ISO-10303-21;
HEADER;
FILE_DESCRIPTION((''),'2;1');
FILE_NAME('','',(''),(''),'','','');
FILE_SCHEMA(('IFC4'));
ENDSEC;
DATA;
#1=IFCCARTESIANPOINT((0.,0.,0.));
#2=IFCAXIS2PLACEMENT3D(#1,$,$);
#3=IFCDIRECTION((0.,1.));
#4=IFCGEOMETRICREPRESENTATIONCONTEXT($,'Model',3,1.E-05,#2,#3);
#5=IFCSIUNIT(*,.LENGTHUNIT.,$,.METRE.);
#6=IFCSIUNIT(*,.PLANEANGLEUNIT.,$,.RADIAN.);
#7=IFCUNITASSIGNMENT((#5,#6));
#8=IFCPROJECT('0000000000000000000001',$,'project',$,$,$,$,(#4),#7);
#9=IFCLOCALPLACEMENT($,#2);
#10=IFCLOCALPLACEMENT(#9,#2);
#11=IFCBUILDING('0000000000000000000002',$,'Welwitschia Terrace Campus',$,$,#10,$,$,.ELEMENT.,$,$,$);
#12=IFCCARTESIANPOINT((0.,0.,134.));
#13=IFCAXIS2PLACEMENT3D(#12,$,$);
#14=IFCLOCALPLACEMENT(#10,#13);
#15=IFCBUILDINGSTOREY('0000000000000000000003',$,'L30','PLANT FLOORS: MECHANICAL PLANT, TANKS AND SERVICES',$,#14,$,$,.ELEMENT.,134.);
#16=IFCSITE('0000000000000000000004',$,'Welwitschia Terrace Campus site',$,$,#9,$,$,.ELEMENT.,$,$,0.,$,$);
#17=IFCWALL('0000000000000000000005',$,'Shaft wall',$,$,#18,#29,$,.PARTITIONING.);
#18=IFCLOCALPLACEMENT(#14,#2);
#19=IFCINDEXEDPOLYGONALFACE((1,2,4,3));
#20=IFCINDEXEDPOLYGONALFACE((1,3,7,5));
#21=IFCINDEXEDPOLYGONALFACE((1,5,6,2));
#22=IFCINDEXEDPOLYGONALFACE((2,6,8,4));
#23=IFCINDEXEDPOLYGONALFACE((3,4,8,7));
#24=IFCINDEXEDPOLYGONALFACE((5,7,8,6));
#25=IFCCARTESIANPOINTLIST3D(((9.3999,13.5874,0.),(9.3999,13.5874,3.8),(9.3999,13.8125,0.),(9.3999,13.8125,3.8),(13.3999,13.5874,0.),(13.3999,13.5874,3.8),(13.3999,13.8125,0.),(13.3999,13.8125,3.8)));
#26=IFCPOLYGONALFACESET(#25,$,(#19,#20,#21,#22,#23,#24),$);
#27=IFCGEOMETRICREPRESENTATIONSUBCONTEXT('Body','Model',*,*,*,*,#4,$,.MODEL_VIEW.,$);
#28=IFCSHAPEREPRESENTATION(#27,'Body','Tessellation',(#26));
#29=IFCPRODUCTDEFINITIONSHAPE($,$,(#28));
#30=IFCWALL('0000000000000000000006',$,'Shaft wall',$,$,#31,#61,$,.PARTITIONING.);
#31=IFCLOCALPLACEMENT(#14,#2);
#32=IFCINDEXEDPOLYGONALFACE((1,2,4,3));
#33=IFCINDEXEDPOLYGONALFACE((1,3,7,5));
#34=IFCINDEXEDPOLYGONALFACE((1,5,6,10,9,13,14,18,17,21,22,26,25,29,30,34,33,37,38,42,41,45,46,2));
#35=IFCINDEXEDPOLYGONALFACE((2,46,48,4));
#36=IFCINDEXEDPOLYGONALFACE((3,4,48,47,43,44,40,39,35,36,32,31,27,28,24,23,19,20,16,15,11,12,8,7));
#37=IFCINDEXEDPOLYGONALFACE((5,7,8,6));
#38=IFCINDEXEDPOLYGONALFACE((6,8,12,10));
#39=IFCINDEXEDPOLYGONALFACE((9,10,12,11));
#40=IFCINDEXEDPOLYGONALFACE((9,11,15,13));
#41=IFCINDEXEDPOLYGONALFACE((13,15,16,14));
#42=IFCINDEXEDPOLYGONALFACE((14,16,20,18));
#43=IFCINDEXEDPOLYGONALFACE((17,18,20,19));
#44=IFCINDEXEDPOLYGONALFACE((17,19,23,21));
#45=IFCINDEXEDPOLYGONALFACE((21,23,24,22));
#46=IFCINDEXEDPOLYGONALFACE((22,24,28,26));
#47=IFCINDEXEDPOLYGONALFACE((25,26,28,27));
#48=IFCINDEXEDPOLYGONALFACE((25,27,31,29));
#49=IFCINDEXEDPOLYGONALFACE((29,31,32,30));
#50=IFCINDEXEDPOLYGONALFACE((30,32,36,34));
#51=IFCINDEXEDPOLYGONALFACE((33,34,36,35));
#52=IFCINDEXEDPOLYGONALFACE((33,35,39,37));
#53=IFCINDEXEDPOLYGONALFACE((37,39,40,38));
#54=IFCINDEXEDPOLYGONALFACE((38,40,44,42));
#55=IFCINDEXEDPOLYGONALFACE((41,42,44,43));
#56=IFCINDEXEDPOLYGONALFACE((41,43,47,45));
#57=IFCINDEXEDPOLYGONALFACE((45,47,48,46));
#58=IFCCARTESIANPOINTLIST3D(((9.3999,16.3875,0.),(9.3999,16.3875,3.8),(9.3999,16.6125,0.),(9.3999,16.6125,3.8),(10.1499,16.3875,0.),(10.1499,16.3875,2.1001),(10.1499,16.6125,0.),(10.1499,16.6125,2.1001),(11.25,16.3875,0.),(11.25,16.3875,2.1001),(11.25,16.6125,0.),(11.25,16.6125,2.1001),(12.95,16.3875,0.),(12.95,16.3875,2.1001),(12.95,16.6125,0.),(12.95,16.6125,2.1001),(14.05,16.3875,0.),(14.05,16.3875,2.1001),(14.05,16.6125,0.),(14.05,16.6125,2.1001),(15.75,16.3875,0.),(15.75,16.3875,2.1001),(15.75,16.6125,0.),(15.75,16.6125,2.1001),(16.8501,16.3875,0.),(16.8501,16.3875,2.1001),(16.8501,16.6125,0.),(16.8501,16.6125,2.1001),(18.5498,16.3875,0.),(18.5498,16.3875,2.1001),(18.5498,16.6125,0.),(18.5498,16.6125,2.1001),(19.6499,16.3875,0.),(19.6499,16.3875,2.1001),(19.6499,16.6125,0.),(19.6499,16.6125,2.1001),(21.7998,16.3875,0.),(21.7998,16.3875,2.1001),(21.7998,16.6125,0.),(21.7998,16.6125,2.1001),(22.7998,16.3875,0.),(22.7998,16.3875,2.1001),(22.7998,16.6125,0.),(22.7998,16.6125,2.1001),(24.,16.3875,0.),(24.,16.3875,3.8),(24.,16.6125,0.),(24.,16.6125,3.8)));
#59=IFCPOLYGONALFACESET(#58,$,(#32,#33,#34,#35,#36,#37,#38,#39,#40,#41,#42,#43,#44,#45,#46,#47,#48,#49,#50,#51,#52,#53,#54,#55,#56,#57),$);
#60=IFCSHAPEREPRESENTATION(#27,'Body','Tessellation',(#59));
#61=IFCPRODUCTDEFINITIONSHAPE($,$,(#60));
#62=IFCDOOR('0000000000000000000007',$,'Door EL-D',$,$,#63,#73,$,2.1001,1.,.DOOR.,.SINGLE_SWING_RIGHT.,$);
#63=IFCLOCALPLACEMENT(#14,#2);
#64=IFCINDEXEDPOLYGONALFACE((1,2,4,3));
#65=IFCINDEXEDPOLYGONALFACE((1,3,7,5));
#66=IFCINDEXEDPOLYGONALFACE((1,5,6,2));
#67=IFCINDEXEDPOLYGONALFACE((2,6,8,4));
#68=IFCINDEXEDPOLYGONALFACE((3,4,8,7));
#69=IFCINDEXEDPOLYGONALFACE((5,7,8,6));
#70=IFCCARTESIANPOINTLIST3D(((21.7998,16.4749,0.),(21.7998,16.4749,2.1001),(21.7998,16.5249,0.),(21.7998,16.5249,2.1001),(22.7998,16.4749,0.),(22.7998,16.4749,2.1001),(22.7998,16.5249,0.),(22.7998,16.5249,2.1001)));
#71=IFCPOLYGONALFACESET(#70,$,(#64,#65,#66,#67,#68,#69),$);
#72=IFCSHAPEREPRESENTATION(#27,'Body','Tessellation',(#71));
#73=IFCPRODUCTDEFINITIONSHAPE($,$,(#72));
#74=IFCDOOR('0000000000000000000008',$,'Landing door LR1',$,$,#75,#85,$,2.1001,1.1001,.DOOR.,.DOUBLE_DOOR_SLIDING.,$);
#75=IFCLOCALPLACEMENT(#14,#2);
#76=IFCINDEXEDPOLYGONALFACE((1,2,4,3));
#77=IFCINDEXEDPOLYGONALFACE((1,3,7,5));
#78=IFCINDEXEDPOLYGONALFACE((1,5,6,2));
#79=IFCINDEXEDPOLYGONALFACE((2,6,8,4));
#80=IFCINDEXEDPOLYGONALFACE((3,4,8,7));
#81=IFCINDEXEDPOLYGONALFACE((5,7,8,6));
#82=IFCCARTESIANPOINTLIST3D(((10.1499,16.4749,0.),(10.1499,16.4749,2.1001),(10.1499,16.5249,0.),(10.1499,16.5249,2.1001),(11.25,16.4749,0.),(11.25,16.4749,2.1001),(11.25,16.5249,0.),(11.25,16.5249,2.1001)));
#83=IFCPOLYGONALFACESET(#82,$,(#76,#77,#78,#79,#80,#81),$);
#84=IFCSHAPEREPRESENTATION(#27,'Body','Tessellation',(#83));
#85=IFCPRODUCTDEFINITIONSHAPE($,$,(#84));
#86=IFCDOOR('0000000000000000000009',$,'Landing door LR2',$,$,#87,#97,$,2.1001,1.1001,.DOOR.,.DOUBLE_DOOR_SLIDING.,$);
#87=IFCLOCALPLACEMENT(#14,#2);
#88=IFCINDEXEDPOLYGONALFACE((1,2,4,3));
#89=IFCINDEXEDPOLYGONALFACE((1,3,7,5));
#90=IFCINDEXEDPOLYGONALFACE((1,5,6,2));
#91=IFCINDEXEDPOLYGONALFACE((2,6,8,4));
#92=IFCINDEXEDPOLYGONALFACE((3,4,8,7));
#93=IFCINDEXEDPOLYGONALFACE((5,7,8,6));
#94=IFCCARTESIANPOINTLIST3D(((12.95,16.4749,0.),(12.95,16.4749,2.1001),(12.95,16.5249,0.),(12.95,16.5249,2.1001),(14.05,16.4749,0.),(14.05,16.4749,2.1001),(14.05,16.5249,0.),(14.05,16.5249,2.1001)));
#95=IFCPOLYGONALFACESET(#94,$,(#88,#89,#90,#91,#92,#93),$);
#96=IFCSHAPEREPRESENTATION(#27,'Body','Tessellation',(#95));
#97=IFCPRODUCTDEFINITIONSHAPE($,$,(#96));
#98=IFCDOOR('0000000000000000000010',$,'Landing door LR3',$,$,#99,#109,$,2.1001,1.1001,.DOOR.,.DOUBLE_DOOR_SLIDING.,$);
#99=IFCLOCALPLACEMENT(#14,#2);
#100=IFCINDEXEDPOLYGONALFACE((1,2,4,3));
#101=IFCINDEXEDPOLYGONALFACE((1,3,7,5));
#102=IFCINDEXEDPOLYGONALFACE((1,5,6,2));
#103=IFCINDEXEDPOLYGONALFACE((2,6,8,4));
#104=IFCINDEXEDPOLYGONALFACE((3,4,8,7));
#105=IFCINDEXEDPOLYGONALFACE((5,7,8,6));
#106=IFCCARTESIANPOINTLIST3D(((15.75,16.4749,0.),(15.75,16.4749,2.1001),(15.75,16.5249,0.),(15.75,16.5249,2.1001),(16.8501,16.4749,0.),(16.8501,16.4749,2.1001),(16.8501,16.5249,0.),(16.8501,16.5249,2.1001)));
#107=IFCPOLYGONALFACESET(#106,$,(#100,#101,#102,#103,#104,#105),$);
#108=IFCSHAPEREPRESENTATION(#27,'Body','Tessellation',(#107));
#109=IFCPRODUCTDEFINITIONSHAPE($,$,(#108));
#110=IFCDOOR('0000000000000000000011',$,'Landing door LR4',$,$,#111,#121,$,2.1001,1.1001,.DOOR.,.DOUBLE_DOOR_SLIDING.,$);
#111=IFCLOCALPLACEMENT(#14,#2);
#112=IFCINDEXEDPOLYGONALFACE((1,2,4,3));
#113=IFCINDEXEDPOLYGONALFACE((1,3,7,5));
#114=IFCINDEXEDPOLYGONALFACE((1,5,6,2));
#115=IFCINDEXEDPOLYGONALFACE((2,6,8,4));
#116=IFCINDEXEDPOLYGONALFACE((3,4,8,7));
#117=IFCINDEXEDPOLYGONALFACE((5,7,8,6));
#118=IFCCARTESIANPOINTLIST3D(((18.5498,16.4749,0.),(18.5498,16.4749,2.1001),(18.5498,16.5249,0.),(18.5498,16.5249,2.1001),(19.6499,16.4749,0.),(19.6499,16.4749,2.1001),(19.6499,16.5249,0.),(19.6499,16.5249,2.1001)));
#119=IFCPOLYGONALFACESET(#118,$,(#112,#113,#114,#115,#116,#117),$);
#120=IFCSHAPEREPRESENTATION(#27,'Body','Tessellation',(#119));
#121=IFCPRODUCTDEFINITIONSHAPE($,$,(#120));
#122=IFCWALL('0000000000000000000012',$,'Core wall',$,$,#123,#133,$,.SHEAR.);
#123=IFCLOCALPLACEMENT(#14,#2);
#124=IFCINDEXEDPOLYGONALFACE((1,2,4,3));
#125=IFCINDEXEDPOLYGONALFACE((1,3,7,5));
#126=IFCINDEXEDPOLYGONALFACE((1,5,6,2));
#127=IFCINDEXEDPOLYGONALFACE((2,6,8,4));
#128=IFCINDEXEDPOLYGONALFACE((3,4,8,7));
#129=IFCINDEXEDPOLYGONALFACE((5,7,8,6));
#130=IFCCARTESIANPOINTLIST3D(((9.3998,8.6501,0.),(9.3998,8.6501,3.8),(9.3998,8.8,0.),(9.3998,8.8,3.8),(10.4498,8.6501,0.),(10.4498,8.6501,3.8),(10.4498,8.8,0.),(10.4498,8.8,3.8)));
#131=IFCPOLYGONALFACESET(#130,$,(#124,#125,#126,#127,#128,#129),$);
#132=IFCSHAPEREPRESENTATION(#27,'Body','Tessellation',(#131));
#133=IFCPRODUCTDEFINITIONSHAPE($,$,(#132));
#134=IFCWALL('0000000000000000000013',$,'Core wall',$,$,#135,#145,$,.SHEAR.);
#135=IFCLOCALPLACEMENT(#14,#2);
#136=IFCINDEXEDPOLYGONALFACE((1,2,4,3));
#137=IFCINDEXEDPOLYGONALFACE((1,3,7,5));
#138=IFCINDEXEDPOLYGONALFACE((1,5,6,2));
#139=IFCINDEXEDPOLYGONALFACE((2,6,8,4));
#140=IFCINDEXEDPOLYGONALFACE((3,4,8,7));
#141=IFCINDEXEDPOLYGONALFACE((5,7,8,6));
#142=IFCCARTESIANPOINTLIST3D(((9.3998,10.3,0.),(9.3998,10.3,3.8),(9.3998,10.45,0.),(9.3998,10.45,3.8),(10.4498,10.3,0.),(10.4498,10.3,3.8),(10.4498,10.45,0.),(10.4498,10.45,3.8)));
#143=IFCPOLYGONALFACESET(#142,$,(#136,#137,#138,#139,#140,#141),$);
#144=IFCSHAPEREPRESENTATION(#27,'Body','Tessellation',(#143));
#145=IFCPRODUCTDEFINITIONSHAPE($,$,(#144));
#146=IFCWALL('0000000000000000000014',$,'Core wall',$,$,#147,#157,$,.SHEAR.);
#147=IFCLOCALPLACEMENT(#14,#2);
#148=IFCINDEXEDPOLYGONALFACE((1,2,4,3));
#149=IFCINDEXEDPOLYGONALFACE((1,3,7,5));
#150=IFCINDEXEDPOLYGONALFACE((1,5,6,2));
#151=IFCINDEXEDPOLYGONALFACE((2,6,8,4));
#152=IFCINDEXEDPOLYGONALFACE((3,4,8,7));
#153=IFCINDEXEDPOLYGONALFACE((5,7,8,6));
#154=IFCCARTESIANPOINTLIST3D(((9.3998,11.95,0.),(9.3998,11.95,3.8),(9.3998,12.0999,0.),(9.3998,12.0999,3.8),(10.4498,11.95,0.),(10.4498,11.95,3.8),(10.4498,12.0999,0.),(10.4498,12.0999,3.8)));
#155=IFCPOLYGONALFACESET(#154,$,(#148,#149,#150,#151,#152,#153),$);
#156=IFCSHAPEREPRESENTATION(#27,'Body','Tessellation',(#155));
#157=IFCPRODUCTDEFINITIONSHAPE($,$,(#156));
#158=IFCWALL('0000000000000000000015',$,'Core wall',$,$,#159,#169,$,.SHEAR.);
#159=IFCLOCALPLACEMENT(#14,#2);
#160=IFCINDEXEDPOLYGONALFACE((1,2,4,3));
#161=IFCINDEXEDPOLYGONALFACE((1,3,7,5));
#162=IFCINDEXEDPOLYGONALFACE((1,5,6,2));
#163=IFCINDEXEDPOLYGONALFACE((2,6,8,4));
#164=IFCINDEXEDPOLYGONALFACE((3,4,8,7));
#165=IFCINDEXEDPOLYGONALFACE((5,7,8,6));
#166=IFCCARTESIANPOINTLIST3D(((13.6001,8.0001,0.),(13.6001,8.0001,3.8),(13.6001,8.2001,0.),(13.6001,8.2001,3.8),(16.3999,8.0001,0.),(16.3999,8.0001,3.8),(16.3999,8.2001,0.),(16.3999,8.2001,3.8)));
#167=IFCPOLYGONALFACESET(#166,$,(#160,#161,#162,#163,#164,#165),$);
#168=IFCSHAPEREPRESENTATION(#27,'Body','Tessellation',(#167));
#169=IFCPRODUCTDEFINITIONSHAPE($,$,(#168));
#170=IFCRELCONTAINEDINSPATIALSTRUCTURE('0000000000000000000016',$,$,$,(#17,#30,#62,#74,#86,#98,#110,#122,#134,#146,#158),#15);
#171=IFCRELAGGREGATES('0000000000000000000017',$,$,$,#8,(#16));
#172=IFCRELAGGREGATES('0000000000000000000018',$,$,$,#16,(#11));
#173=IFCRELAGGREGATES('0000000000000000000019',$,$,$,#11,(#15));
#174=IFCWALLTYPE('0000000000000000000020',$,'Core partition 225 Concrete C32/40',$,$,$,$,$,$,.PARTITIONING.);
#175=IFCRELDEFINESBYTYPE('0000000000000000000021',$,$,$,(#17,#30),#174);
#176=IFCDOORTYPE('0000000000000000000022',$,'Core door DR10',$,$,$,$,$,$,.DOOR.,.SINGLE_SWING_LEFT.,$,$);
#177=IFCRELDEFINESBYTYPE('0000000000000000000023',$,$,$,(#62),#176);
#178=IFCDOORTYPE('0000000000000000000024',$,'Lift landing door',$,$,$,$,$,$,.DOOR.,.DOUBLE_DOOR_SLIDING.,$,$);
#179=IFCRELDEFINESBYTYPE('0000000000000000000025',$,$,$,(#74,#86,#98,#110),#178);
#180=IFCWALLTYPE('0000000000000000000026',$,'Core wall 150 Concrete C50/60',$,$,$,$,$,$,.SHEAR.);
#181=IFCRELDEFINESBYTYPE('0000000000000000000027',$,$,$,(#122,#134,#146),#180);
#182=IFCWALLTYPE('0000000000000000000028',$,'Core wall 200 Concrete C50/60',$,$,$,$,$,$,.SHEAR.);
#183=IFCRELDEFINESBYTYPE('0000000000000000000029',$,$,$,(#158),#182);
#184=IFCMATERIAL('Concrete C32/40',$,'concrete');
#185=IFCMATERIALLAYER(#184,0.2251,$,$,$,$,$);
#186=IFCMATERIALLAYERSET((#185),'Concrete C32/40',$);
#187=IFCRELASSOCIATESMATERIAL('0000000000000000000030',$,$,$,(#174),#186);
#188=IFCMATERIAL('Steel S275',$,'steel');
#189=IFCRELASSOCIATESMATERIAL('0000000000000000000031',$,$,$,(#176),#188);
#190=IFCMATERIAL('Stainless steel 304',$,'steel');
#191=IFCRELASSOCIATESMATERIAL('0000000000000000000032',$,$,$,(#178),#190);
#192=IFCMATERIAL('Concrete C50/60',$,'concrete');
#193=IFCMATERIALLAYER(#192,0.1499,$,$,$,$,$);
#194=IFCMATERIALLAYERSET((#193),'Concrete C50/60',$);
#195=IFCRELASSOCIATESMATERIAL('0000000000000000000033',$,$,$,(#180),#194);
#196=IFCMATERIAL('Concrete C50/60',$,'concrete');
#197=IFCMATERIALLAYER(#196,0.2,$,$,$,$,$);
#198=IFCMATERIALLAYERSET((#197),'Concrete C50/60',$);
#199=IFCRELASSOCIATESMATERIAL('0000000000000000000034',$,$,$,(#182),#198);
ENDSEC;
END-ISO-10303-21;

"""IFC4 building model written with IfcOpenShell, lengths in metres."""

from ifc_helpers import new_model, si_unit, direction, frame, frame_2d, origin, place, context, subcontext, project, spatial, rectangle, extrude, material, layer, layer_set, type_object, element, fill, save


model = new_model("IFC4")

# Units and contexts
model_context = context("Model", 3, precision=1e-05, world=origin(), true_north=direction((0.0, 1.0)))
body_context = subcontext(model_context, "Body", "Model", "MODEL_VIEW")
ifc_project = project(units=[si_unit("LENGTHUNIT", "METRE"), si_unit("PLANEANGLEUNIT", "RADIAN")], contexts=[model_context])

# Site, building, storey
site_placement = place(None, origin())
site = spatial("IfcSite", under=ifc_project, at=site_placement, Name="Welwitschia Terrace Campus site", CompositionType="ELEMENT", RefElevation=0.0)
building_placement = place(site_placement, origin())
building = spatial("IfcBuilding", under=site, at=building_placement, Name="Welwitschia Terrace Campus", CompositionType="ELEMENT")
storey_placement = place(building_placement, frame((0.0, 0.0, 134.0)))
storey = spatial("IfcBuildingStorey", under=building, at=storey_placement, Name="L30", Description="PLANT FLOORS: MECHANICAL PLANT, TANKS AND SERVICES", CompositionType="ELEMENT", Elevation=134.0)

# Wall
ifc_material_1 = material(Name="Concrete C32/40", Category="concrete")
ifc_layer_1 = layer(ifc_material_1, 0.2251)
ifc_layer_set_1 = layer_set([ifc_layer_1], Name="Concrete C32/40")
wall_type_1 = type_object("IfcWallType", Name="Core partition 225 Concrete C32/40", PredefinedType="PARTITIONING", material=ifc_layer_set_1)
wall_1_placement = place(storey_placement, frame((9.3999, 13.7, 0.0), z_axis=(0.0, 0.0, 1.0), x_axis=(1.0, 0.0, 0.0)))
element("IfcWall", 1, at=wall_1_placement, inside=storey, type_object=wall_type_1, Name="Shaft wall", PredefinedType="PARTITIONING", context=body_context, shape_type="SweptSolid", body=[
    extrude(rectangle(XDim=4.0, YDim=0.2251, at=frame_2d((2.0, 0.0))), origin(), (0.0, 0.0, 1.0), 3.8),
])

# Wall, openings, doors
wall_2_placement = place(storey_placement, frame((9.3999, 16.5, 0.0), z_axis=(0.0, 0.0, 1.0), x_axis=(1.0, 0.0, 0.0)))
wall_2 = element("IfcWall", 2, at=wall_2_placement, inside=storey, type_object=wall_type_1, Name="Shaft wall", PredefinedType="PARTITIONING", context=body_context, shape_type="SweptSolid", body=[
    extrude(rectangle(XDim=14.6001, YDim=0.2251, at=frame_2d((7.3, 0.0))), origin(), (0.0, 0.0, 1.0), 3.8),
])
opening_1_placement = place(wall_2_placement, frame((0.75, 0.0, 0.0)))
opening_1 = element("IfcOpeningElement", 3, at=opening_1_placement, cuts=wall_2, PredefinedType="OPENING", context=body_context, shape_type="SweptSolid", body=[
    extrude(rectangle(XDim=1.1001, YDim=2.1001, at=frame_2d((0.55, 1.05))), frame((0.0, 0.1226, 0.0), z_axis=(0.0, -1.0, 0.0), x_axis=(1.0, 0.0, 0.0)), (0.0, 0.0, 1.0), 0.2451),
])
opening_2_placement = place(wall_2_placement, frame((3.55, 0.0, 0.0)))
opening_2 = element("IfcOpeningElement", 4, at=opening_2_placement, cuts=wall_2, PredefinedType="OPENING", context=body_context, shape_type="SweptSolid", body=[
    extrude(rectangle(XDim=1.1001, YDim=2.1001, at=frame_2d((0.55, 1.05))), frame((0.0, 0.1226, 0.0), z_axis=(0.0, -1.0, 0.0), x_axis=(1.0, 0.0, 0.0)), (0.0, 0.0, 1.0), 0.2451),
])
opening_3_placement = place(wall_2_placement, frame((6.3501, 0.0, 0.0)))
opening_3 = element("IfcOpeningElement", 5, at=opening_3_placement, cuts=wall_2, PredefinedType="OPENING", context=body_context, shape_type="SweptSolid", body=[
    extrude(rectangle(XDim=1.1001, YDim=2.1001, at=frame_2d((0.55, 1.05))), frame((0.0, 0.1226, 0.0), z_axis=(0.0, -1.0, 0.0), x_axis=(1.0, 0.0, 0.0)), (0.0, 0.0, 1.0), 0.2451),
])
opening_4_placement = place(wall_2_placement, frame((9.1499, 0.0, 0.0)))
opening_4 = element("IfcOpeningElement", 6, at=opening_4_placement, cuts=wall_2, PredefinedType="OPENING", context=body_context, shape_type="SweptSolid", body=[
    extrude(rectangle(XDim=1.1001, YDim=2.1001, at=frame_2d((0.55, 1.05))), frame((0.0, 0.1226, 0.0), z_axis=(0.0, -1.0, 0.0), x_axis=(1.0, 0.0, 0.0)), (0.0, 0.0, 1.0), 0.2451),
])
opening_5_placement = place(wall_2_placement, frame((12.3999, 0.0, 0.0)))
opening_5 = element("IfcOpeningElement", 7, at=opening_5_placement, cuts=wall_2, PredefinedType="OPENING", context=body_context, shape_type="SweptSolid", body=[
    extrude(rectangle(XDim=1.0, YDim=2.1001, at=frame_2d((0.5, 1.05))), frame((0.0, 0.1226, 0.0), z_axis=(0.0, -1.0, 0.0), x_axis=(1.0, 0.0, 0.0)), (0.0, 0.0, 1.0), 0.2451),
])
ifc_material_2 = material(Name="Steel S275", Category="steel")
door_type_1 = type_object("IfcDoorType", Name="Core door DR10", OperationType="SINGLE_SWING_LEFT", PredefinedType="DOOR", material=ifc_material_2)
door_1_placement = place(opening_5_placement, origin())
door_1 = element("IfcDoor", 8, at=door_1_placement, inside=storey, type_object=door_type_1, Name="Door EL-D", OperationType="SINGLE_SWING_RIGHT", OverallHeight=2.1001, OverallWidth=1.0, PredefinedType="DOOR", context=body_context, shape_type="SweptSolid", body=[
    extrude(rectangle(XDim=1.0, YDim=2.1001, at=frame_2d((0.5, 1.05))), frame((0.0, 0.0249, 0.0), z_axis=(0.0, -1.0, 0.0), x_axis=(1.0, 0.0, 0.0)), (0.0, 0.0, 1.0), 0.05),
])
fill(opening_5, door_1)
ifc_material_3 = material(Name="Stainless steel 304", Category="steel")
door_type_2 = type_object("IfcDoorType", Name="Lift landing door", OperationType="DOUBLE_DOOR_SLIDING", PredefinedType="DOOR", material=ifc_material_3)
door_2_placement = place(opening_1_placement, origin())
door_2 = element("IfcDoor", 9, at=door_2_placement, inside=storey, type_object=door_type_2, Name="Landing door LR1", OperationType="DOUBLE_DOOR_SLIDING", OverallHeight=2.1001, OverallWidth=1.1001, PredefinedType="DOOR", context=body_context, shape_type="SweptSolid", body=[
    extrude(rectangle(XDim=1.1001, YDim=2.1001, at=frame_2d((0.55, 1.05))), frame((0.0, 0.0249, 0.0), z_axis=(0.0, -1.0, 0.0), x_axis=(1.0, 0.0, 0.0)), (0.0, 0.0, 1.0), 0.05),
])
fill(opening_1, door_2)
door_3_placement = place(opening_2_placement, origin())
door_3 = element("IfcDoor", 10, at=door_3_placement, inside=storey, type_object=door_type_2, Name="Landing door LR2", OperationType="DOUBLE_DOOR_SLIDING", OverallHeight=2.1001, OverallWidth=1.1001, PredefinedType="DOOR", context=body_context, shape_type="SweptSolid", body=[
    extrude(rectangle(XDim=1.1001, YDim=2.1001, at=frame_2d((0.55, 1.05))), frame((0.0, 0.0249, 0.0), z_axis=(0.0, -1.0, 0.0), x_axis=(1.0, 0.0, 0.0)), (0.0, 0.0, 1.0), 0.05),
])
fill(opening_2, door_3)
door_4_placement = place(opening_3_placement, origin())
door_4 = element("IfcDoor", 11, at=door_4_placement, inside=storey, type_object=door_type_2, Name="Landing door LR3", OperationType="DOUBLE_DOOR_SLIDING", OverallHeight=2.1001, OverallWidth=1.1001, PredefinedType="DOOR", context=body_context, shape_type="SweptSolid", body=[
    extrude(rectangle(XDim=1.1001, YDim=2.1001, at=frame_2d((0.55, 1.05))), frame((0.0, 0.0249, 0.0), z_axis=(0.0, -1.0, 0.0), x_axis=(1.0, 0.0, 0.0)), (0.0, 0.0, 1.0), 0.05),
])
fill(opening_3, door_4)
door_5_placement = place(opening_4_placement, origin())
door_5 = element("IfcDoor", 12, at=door_5_placement, inside=storey, type_object=door_type_2, Name="Landing door LR4", OperationType="DOUBLE_DOOR_SLIDING", OverallHeight=2.1001, OverallWidth=1.1001, PredefinedType="DOOR", context=body_context, shape_type="SweptSolid", body=[
    extrude(rectangle(XDim=1.1001, YDim=2.1001, at=frame_2d((0.55, 1.05))), frame((0.0, 0.0249, 0.0), z_axis=(0.0, -1.0, 0.0), x_axis=(1.0, 0.0, 0.0)), (0.0, 0.0, 1.0), 0.05),
])
fill(opening_4, door_5)

# Walls
ifc_material_4 = material(Name="Concrete C50/60", Category="concrete")
ifc_layer_2 = layer(ifc_material_4, 0.1499)
ifc_layer_set_2 = layer_set([ifc_layer_2], Name="Concrete C50/60")
wall_type_2 = type_object("IfcWallType", Name="Core wall 150 Concrete C50/60", PredefinedType="SHEAR", material=ifc_layer_set_2)
for number, where, z_axis, x_axis, name in (
    (13, (9.3999, 8.7251, 0.0), (0.0, 0.0, 1.0), (1.0, 0.0, 0.0), "Core wall"),
    (14, (9.3999, 10.375, 0.0), (0.0, 0.0, 1.0), (1.0, 0.0, 0.0), "Core wall"),
    (15, (9.3999, 12.0249, 0.0), (0.0, 0.0, 1.0), (1.0, 0.0, 0.0), "Core wall"),
):
    element("IfcWall", number, at=place(storey_placement, frame(where, z_axis=z_axis, x_axis=x_axis)), inside=storey, type_object=wall_type_2, Name=name, PredefinedType="SHEAR", context=body_context, shape_type="SweptSolid", body=[
        extrude(rectangle(XDim=1.05, YDim=0.1499, at=frame_2d((0.5249, 0.0))), origin(), (0.0, 0.0, 1.0), 3.8),
    ])
ifc_material_5 = material(Name="Concrete C50/60", Category="concrete")
ifc_layer_3 = layer(ifc_material_5, 0.2)
ifc_layer_set_3 = layer_set([ifc_layer_3], Name="Concrete C50/60")
wall_type_3 = type_object("IfcWallType", Name="Core wall 200 Concrete C50/60", PredefinedType="SHEAR", material=ifc_layer_set_3)
for number, where, z_axis, x_axis, name in (
    (16, (13.6001, 8.1001, 0.0), (0.0, 0.0, 1.0), (1.0, 0.0, 0.0), "Core wall"),
):
    element("IfcWall", number, at=place(storey_placement, frame(where, z_axis=z_axis, x_axis=x_axis)), inside=storey, type_object=wall_type_3, Name=name, PredefinedType="SHEAR", context=body_context, shape_type="SweptSolid", body=[
        extrude(rectangle(XDim=2.7998, YDim=0.2, at=frame_2d((1.3999, 0.0))), origin(), (0.0, 0.0, 1.0), 3.8),
    ])

save(model, "model.ifc")
